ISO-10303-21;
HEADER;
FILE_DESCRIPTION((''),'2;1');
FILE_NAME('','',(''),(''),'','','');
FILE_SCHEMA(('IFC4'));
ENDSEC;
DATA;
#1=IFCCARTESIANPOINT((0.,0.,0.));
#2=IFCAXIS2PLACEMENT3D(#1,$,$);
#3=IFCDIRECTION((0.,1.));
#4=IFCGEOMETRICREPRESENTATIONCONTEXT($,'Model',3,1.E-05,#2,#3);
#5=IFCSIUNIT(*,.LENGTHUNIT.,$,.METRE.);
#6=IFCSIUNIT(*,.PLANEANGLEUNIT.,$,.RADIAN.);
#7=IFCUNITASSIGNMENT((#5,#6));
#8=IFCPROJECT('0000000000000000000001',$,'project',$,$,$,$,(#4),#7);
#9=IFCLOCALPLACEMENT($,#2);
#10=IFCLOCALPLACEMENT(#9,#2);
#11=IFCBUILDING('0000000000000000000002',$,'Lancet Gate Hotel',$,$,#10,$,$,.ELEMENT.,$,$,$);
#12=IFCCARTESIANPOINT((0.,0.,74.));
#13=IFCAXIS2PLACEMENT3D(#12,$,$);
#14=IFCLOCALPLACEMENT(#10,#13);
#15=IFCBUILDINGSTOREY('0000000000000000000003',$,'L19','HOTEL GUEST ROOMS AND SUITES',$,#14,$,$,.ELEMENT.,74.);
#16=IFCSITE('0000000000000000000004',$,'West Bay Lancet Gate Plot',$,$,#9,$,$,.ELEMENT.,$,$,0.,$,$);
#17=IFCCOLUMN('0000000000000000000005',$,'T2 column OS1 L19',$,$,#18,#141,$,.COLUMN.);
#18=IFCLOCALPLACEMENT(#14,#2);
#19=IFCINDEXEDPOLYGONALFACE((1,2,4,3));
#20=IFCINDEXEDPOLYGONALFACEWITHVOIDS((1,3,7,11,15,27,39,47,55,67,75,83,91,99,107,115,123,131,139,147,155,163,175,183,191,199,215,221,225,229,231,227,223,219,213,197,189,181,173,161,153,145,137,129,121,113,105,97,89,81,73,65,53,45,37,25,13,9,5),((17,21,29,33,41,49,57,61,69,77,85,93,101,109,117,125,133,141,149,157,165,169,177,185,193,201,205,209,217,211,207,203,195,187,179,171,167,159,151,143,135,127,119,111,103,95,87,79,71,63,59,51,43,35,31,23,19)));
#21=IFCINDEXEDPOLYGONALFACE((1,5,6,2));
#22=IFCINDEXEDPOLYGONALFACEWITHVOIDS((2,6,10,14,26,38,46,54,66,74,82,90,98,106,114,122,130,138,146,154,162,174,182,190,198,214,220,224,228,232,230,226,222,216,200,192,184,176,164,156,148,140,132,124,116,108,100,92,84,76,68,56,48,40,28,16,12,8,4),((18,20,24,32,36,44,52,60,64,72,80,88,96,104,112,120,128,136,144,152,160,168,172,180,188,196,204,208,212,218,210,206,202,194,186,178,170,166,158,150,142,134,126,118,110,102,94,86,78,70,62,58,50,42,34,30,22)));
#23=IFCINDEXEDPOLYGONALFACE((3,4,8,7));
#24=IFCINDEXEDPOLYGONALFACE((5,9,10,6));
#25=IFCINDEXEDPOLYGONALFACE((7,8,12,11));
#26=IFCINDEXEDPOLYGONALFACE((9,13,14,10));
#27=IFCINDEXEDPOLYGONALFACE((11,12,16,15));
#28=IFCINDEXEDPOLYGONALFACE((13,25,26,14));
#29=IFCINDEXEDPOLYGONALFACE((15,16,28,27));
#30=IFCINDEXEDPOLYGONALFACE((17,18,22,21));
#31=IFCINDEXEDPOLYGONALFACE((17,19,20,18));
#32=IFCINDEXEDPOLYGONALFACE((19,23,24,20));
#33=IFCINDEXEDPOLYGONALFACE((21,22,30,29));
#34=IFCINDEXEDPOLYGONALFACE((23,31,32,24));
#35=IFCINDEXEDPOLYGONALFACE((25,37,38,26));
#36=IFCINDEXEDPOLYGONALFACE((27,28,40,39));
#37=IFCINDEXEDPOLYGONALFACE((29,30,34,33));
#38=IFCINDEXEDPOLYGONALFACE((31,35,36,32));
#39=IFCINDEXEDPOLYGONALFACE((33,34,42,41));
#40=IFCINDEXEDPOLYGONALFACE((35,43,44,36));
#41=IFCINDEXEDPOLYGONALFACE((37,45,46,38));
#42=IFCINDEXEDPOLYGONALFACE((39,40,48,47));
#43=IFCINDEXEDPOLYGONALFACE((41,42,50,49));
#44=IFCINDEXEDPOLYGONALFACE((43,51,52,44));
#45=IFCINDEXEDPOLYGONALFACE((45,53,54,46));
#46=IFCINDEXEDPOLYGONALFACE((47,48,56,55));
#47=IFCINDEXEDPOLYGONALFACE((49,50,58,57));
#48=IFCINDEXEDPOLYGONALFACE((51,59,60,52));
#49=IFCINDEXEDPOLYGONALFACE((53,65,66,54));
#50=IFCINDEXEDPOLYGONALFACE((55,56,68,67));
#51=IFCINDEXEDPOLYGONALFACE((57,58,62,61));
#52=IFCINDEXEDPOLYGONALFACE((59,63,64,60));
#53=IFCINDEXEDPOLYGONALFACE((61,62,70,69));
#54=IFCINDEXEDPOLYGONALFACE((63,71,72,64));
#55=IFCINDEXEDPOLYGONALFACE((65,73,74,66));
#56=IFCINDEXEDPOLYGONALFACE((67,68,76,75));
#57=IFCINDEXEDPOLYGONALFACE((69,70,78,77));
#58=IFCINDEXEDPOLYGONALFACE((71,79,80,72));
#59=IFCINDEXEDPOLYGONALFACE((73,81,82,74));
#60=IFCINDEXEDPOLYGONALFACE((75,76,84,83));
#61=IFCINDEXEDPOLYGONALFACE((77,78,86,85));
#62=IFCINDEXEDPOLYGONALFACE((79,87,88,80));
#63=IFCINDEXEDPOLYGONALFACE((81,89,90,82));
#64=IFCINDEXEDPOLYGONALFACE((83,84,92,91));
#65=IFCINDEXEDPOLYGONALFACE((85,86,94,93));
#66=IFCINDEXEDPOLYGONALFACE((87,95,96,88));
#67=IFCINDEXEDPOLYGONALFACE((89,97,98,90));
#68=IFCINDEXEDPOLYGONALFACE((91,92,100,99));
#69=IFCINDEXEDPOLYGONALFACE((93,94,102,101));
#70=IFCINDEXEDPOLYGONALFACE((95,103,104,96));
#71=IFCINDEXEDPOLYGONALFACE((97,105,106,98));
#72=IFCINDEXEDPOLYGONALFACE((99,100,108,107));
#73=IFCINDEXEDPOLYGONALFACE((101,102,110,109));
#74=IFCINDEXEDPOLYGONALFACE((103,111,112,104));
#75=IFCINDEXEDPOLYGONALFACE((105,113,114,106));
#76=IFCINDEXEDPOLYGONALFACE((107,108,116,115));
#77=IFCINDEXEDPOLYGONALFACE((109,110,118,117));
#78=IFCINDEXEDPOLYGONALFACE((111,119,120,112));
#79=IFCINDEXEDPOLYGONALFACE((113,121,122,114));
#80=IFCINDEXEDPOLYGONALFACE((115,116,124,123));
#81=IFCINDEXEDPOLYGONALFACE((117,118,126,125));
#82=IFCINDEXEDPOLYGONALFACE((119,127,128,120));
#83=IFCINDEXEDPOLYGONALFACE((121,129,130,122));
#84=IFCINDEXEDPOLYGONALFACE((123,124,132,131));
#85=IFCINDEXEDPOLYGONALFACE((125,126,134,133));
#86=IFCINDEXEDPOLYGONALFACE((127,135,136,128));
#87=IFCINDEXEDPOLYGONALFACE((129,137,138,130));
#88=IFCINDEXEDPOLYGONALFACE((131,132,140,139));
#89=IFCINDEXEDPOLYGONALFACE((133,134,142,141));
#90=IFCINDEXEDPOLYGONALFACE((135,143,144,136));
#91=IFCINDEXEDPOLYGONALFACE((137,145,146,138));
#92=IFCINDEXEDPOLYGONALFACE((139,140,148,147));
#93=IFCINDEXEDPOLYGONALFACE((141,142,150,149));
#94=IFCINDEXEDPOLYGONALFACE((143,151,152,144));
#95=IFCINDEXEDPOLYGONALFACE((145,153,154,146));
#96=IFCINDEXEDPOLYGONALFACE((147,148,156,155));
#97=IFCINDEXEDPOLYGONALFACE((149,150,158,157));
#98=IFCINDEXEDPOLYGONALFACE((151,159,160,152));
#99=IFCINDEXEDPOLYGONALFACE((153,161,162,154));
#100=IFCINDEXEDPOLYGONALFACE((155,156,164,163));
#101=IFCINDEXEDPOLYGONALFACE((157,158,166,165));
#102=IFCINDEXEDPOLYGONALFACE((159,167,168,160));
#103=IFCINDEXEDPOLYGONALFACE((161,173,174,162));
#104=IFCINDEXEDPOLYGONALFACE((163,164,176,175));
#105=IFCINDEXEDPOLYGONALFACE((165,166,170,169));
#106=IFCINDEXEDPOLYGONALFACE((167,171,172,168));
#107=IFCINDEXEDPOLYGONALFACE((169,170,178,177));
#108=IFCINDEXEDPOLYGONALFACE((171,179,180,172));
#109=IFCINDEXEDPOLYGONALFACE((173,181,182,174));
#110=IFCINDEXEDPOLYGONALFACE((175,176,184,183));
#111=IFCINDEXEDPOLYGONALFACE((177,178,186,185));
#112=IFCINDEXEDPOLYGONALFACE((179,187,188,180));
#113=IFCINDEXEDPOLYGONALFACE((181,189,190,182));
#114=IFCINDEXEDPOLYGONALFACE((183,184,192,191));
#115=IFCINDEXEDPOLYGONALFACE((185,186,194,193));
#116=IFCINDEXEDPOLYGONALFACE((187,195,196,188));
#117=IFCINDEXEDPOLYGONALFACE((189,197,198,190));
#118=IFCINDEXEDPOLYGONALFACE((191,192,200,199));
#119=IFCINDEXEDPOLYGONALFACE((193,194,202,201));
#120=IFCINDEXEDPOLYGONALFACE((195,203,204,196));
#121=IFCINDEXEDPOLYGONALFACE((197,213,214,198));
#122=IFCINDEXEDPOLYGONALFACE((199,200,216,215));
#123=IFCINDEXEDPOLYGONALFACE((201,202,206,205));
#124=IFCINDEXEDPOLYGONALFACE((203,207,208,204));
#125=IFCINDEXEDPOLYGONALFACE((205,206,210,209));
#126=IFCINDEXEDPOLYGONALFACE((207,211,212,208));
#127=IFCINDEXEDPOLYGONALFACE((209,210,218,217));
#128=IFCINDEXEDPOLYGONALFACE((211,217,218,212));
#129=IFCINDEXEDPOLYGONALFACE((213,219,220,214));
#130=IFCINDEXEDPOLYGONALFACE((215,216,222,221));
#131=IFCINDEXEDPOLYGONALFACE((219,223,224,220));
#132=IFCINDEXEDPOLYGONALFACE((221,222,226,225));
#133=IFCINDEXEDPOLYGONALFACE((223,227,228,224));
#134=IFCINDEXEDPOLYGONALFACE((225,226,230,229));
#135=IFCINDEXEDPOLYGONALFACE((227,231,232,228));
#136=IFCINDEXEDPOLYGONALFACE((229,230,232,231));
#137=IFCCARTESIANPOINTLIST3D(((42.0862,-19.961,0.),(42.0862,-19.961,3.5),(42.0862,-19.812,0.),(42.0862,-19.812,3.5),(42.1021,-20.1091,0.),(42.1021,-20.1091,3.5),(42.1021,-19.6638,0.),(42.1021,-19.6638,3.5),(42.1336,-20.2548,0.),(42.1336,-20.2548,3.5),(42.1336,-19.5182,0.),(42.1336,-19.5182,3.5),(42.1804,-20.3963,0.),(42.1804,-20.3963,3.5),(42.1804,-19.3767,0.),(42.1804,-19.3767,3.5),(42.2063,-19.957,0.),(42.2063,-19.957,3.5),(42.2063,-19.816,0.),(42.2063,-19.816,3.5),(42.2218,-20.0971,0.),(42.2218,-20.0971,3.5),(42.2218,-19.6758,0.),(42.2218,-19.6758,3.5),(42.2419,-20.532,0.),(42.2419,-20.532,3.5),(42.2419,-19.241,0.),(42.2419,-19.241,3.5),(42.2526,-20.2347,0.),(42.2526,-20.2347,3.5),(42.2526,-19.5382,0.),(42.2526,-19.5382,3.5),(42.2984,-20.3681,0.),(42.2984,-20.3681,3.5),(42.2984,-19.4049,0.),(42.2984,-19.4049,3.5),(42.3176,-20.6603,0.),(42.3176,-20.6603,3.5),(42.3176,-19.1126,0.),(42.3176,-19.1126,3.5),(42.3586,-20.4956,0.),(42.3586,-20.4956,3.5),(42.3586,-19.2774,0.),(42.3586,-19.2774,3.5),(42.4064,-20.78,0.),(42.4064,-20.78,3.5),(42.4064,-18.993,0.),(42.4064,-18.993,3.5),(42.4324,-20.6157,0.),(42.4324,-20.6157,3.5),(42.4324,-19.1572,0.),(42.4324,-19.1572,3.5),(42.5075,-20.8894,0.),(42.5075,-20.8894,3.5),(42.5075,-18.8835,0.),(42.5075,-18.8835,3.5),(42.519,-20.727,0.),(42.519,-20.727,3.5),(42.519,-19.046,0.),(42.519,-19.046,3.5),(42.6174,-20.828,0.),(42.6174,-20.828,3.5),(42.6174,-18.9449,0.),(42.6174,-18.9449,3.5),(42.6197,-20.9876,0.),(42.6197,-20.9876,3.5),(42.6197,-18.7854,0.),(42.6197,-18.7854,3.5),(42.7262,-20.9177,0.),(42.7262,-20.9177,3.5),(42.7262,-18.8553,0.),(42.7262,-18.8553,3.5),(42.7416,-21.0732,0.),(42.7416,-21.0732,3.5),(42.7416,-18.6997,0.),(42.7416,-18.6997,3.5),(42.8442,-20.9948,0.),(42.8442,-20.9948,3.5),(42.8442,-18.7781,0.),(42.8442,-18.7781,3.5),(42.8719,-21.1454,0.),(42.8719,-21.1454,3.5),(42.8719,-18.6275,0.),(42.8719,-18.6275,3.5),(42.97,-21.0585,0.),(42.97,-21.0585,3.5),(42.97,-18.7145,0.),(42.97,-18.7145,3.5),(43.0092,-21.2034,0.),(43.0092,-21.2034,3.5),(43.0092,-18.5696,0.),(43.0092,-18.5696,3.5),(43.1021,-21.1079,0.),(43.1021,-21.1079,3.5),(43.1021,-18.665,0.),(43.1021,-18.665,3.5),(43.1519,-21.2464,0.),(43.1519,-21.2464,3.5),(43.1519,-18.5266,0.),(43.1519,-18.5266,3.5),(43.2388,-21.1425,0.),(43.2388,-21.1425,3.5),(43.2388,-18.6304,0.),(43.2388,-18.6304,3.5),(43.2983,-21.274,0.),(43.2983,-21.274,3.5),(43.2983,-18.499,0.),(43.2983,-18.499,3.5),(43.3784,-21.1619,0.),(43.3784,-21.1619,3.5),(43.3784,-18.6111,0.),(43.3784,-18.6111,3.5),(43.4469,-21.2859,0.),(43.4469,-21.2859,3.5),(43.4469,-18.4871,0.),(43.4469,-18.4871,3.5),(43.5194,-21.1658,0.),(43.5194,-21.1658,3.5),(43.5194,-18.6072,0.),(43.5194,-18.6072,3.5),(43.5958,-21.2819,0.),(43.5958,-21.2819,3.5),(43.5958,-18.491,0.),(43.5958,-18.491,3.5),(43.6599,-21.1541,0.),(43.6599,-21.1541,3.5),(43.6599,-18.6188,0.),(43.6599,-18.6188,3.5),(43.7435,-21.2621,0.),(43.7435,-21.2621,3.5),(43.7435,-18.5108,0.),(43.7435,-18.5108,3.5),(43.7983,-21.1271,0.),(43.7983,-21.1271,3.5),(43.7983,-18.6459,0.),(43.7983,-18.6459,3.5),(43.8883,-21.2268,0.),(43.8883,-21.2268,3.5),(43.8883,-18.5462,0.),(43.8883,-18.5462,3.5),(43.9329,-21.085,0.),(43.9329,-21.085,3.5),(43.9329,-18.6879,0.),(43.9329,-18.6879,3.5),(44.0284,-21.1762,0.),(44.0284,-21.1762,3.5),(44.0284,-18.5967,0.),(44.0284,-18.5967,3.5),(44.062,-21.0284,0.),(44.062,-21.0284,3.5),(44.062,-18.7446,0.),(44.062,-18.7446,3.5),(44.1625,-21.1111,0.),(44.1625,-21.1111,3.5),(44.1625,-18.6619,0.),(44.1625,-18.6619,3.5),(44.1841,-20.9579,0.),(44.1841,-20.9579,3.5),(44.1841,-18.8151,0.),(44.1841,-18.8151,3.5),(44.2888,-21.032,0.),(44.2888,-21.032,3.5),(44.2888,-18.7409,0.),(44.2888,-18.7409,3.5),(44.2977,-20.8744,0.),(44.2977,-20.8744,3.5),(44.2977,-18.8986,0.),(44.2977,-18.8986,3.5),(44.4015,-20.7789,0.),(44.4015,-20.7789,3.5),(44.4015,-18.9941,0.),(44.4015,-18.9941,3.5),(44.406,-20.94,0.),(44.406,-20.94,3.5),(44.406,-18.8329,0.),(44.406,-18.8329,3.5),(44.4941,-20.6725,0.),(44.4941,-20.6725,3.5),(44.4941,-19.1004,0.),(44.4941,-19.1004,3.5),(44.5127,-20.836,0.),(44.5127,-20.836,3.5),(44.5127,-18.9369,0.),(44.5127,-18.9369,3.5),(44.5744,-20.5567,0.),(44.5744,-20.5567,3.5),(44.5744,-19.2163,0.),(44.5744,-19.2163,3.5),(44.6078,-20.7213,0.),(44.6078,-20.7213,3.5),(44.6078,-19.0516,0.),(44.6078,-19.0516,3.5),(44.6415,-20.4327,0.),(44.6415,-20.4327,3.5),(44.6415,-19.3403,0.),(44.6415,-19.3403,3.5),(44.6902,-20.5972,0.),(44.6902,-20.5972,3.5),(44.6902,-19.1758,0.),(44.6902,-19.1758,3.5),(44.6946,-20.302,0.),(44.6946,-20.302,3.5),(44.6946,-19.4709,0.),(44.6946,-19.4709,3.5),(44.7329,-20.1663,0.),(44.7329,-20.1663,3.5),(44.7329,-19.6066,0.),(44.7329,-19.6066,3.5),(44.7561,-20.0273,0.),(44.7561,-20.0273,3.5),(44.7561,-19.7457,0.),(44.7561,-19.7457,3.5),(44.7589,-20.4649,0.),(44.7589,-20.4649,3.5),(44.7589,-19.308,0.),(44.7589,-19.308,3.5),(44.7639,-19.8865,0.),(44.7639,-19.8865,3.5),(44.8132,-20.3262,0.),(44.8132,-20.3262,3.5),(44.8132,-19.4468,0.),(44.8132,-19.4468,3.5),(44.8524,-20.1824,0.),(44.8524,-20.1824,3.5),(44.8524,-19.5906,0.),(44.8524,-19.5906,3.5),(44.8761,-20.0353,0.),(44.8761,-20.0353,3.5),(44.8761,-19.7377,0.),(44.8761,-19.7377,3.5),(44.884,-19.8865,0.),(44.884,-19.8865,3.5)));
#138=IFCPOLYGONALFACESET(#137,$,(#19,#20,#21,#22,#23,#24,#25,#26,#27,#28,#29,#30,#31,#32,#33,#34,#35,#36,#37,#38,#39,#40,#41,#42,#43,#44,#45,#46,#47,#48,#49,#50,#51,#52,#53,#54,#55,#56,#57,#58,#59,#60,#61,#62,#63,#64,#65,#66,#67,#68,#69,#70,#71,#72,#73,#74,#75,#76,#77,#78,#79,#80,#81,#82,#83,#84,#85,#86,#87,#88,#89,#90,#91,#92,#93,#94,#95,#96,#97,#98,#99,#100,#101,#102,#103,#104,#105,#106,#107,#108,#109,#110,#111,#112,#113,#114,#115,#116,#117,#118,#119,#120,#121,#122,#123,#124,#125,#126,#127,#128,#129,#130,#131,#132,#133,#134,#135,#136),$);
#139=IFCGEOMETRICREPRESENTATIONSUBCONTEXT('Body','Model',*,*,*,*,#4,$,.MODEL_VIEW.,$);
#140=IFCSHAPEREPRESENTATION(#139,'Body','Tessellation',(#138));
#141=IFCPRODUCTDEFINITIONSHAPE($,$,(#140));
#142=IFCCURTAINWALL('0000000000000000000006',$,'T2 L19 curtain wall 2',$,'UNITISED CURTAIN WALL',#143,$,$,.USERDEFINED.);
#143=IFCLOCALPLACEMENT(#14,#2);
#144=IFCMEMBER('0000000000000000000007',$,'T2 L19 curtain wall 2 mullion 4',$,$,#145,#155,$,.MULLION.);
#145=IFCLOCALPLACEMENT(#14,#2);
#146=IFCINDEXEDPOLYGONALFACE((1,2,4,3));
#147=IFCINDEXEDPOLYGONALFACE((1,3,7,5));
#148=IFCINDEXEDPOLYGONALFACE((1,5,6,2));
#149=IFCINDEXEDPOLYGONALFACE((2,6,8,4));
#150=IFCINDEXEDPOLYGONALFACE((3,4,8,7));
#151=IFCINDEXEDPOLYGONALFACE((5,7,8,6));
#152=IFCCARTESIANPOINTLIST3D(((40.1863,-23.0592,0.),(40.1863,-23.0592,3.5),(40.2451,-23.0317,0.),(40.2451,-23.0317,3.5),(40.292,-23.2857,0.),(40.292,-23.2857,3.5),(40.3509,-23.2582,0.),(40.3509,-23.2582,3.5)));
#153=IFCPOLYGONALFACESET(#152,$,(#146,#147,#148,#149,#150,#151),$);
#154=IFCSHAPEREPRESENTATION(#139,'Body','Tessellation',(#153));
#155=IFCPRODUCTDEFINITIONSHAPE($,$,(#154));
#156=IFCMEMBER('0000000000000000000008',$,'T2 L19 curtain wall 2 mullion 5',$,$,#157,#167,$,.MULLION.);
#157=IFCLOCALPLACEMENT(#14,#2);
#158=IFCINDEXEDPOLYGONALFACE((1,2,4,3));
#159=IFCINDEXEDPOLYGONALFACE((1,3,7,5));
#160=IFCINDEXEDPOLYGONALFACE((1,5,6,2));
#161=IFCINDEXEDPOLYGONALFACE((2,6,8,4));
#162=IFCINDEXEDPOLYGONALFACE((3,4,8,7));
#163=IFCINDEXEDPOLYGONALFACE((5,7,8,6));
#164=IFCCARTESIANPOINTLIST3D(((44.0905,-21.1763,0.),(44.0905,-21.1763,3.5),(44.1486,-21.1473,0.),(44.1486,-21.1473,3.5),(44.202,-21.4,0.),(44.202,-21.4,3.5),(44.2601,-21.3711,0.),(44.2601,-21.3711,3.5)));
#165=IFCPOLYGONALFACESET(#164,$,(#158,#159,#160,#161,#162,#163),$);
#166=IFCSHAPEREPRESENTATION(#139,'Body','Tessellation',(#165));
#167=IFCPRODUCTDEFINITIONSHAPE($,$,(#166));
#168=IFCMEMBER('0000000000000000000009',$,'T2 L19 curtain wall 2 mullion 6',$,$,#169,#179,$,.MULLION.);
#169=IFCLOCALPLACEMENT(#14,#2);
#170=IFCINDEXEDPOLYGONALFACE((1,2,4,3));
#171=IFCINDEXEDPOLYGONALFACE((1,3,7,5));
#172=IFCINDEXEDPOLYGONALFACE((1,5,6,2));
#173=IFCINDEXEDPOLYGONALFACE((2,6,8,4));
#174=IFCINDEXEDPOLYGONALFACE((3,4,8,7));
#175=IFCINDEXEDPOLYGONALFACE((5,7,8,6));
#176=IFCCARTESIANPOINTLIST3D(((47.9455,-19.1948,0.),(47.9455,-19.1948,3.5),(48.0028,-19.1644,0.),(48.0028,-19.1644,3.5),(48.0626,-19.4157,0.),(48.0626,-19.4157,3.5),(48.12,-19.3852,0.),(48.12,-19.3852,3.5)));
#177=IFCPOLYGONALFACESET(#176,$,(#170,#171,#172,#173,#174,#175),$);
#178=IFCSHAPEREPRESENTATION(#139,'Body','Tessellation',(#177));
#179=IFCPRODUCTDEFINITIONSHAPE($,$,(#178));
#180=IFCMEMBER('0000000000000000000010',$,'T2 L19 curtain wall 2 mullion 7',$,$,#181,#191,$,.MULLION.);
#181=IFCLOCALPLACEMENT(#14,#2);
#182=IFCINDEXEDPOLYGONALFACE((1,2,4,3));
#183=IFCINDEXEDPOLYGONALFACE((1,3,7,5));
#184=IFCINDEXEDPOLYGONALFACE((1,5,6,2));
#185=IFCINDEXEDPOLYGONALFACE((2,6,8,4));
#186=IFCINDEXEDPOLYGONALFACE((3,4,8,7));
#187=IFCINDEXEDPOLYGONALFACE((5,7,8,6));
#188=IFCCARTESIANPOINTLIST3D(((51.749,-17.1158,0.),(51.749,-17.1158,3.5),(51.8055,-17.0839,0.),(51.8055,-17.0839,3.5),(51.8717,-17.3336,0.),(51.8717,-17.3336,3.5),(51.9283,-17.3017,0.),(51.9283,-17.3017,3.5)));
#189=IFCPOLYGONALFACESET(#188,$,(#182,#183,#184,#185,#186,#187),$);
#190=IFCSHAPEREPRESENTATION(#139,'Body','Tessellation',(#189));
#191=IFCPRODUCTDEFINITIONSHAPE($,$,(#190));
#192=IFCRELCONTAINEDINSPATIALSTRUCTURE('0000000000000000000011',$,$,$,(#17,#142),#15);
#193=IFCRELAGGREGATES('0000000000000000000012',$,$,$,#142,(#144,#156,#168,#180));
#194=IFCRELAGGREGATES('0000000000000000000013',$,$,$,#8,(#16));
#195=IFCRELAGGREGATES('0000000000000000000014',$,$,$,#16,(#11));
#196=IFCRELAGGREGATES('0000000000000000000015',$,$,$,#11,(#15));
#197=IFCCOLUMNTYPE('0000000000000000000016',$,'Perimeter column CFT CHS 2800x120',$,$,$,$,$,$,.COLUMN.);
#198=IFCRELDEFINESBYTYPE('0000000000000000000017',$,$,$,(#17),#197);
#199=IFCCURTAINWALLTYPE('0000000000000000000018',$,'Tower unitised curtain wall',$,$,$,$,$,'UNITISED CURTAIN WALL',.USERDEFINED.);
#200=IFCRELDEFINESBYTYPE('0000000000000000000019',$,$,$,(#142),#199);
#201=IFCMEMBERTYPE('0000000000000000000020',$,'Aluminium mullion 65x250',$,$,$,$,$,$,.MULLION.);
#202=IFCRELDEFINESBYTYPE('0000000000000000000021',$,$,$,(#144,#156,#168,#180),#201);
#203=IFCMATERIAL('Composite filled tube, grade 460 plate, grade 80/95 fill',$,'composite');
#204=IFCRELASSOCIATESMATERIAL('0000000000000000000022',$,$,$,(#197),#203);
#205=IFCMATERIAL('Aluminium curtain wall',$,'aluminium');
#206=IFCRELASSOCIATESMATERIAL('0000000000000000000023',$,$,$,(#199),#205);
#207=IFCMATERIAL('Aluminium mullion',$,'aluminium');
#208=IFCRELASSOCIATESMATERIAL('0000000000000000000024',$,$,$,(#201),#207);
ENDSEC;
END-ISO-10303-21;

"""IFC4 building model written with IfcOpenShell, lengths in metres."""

from ifc_helpers import new_model, si_unit, direction, frame, origin, origin_2d, place, context, subcontext, project, spatial, rectangle, hollow_circle, extrude, material, material_profile, profile_set, type_object, element, aggregate, save


model = new_model("IFC4")

# Units and contexts
model_context = context("Model", 3, precision=1e-05, world=origin(), true_north=direction((0.0, 1.0)))
body_context = subcontext(model_context, "Body", "Model", "MODEL_VIEW")
ifc_project = project(units=[si_unit("LENGTHUNIT", "METRE"), si_unit("PLANEANGLEUNIT", "RADIAN")], contexts=[model_context])

# Site, building, storey
site_placement = place(None, origin())
site = spatial("IfcSite", under=ifc_project, at=site_placement, Name="West Bay Lancet Gate Plot", CompositionType="ELEMENT", RefElevation=0.0)
building_placement = place(site_placement, origin())
building = spatial("IfcBuilding", under=site, at=building_placement, Name="Lancet Gate Hotel", CompositionType="ELEMENT")
storey_placement = place(building_placement, frame((0.0, 0.0, 74.0)))
storey = spatial("IfcBuildingStorey", under=building, at=storey_placement, Name="L19", Description="HOTEL GUEST ROOMS AND SUITES", CompositionType="ELEMENT", Elevation=74.0)

# Column
ifc_material_1 = material(Name="Composite filled tube, grade 460 plate, grade 80/95 fill", Category="composite")
ifc_material_profile_1 = material_profile(ifc_material_1, hollow_circle(Radius=1.3999, WallThickness=0.1201, at=origin_2d()), Name="CHS 2800x120")
ifc_profile_set_1 = profile_set([ifc_material_profile_1], Name="Composite filled tube, grade 460 plate, grade 80/95 fill")
column_type = type_object("IfcColumnType", Name="Perimeter column CFT CHS 2800x120", PredefinedType="COLUMN", material=ifc_profile_set_1)
column_placement = place(storey_placement, frame((43.4841, -19.8865, 0.0), z_axis=(0.0, 0.0, 1.0), x_axis=(1.0, 0.0, 0.0)))
element("IfcColumn", 1, at=column_placement, inside=storey, type_object=column_type, Name="T2 column OS1 L19", PredefinedType="COLUMN", context=body_context, shape_type="SweptSolid", body=[
    extrude(hollow_circle(Radius=1.3999, WallThickness=0.1201, at=origin_2d()), origin(), (0.0, 0.0, 1.0), 3.5),
])

# Curtain wall, members
ifc_material_2 = material(Name="Aluminium curtain wall", Category="aluminium")
curtain_wall_type = type_object("IfcCurtainWallType", Name="Tower unitised curtain wall", ElementType="UNITISED CURTAIN WALL", PredefinedType="USERDEFINED", material=ifc_material_2)
curtain_wall_placement = place(storey_placement, origin())
curtain_wall = element("IfcCurtainWall", 2, at=curtain_wall_placement, inside=storey, type_object=curtain_wall_type, Name="T2 L19 curtain wall 2", ObjectType="UNITISED CURTAIN WALL", PredefinedType="USERDEFINED")
ifc_material_3 = material(Name="Aluminium mullion", Category="aluminium")
ifc_material_profile_2 = material_profile(ifc_material_3, rectangle(XDim=0.0649, YDim=0.25, at=origin_2d()), Name="MULLION 65x250")
ifc_profile_set_2 = profile_set([ifc_material_profile_2], Name="Aluminium mullion")
member_type_1 = type_object("IfcMemberType", Name="Aluminium mullion 65x250", PredefinedType="MULLION", material=ifc_profile_set_2)
member_1_placement = place(storey_placement, frame((40.2686, -23.1587, 0.0), z_axis=(0.0, 0.0, 1.0), x_axis=(0.906105, 0.423053, 0.0)))
member_1 = element("IfcMember", 3, at=member_1_placement, type_object=member_type_1, Name="T2 L19 curtain wall 2 mullion 4", PredefinedType="MULLION", context=body_context, shape_type="SweptSolid", body=[
    extrude(rectangle(XDim=0.0649, YDim=0.25, at=origin_2d()), origin(), (0.0, 0.0, 1.0), 3.5),
])
member_2_placement = place(storey_placement, frame((44.1753, -21.2737, 0.0), z_axis=(0.0, 0.0, 1.0), x_axis=(0.895044, 0.445978, 0.0)))
member_2 = element("IfcMember", 4, at=member_2_placement, type_object=member_type_1, Name="T2 L19 curtain wall 2 mullion 5", PredefinedType="MULLION", context=body_context, shape_type="SweptSolid", body=[
    extrude(rectangle(XDim=0.0649, YDim=0.25, at=origin_2d()), origin(), (0.0, 0.0, 1.0), 3.5),
])
member_3_placement = place(storey_placement, frame((48.0327, -19.29, 0.0), z_axis=(0.0, 0.0, 1.0), x_axis=(0.883403, 0.468613, 0.0)))
member_3 = element("IfcMember", 5, at=member_3_placement, type_object=member_type_1, Name="T2 L19 curtain wall 2 mullion 6", PredefinedType="MULLION", context=body_context, shape_type="SweptSolid", body=[
    extrude(rectangle(XDim=0.0649, YDim=0.25, at=origin_2d()), origin(), (0.0, 0.0, 1.0), 3.5),
])
member_4_placement = place(storey_placement, frame((51.8386, -17.2087, 0.0), z_axis=(0.0, 0.0, 1.0), x_axis=(0.87119, 0.490945, 0.0)))
member_4 = element("IfcMember", 6, at=member_4_placement, type_object=member_type_1, Name="T2 L19 curtain wall 2 mullion 7", PredefinedType="MULLION", context=body_context, shape_type="SweptSolid", body=[
    extrude(rectangle(XDim=0.0649, YDim=0.25, at=origin_2d()), origin(), (0.0, 0.0, 1.0), 3.5),
])

aggregate(curtain_wall, [member_1, member_2, member_3, member_4])

save(model, "model.ifc")
